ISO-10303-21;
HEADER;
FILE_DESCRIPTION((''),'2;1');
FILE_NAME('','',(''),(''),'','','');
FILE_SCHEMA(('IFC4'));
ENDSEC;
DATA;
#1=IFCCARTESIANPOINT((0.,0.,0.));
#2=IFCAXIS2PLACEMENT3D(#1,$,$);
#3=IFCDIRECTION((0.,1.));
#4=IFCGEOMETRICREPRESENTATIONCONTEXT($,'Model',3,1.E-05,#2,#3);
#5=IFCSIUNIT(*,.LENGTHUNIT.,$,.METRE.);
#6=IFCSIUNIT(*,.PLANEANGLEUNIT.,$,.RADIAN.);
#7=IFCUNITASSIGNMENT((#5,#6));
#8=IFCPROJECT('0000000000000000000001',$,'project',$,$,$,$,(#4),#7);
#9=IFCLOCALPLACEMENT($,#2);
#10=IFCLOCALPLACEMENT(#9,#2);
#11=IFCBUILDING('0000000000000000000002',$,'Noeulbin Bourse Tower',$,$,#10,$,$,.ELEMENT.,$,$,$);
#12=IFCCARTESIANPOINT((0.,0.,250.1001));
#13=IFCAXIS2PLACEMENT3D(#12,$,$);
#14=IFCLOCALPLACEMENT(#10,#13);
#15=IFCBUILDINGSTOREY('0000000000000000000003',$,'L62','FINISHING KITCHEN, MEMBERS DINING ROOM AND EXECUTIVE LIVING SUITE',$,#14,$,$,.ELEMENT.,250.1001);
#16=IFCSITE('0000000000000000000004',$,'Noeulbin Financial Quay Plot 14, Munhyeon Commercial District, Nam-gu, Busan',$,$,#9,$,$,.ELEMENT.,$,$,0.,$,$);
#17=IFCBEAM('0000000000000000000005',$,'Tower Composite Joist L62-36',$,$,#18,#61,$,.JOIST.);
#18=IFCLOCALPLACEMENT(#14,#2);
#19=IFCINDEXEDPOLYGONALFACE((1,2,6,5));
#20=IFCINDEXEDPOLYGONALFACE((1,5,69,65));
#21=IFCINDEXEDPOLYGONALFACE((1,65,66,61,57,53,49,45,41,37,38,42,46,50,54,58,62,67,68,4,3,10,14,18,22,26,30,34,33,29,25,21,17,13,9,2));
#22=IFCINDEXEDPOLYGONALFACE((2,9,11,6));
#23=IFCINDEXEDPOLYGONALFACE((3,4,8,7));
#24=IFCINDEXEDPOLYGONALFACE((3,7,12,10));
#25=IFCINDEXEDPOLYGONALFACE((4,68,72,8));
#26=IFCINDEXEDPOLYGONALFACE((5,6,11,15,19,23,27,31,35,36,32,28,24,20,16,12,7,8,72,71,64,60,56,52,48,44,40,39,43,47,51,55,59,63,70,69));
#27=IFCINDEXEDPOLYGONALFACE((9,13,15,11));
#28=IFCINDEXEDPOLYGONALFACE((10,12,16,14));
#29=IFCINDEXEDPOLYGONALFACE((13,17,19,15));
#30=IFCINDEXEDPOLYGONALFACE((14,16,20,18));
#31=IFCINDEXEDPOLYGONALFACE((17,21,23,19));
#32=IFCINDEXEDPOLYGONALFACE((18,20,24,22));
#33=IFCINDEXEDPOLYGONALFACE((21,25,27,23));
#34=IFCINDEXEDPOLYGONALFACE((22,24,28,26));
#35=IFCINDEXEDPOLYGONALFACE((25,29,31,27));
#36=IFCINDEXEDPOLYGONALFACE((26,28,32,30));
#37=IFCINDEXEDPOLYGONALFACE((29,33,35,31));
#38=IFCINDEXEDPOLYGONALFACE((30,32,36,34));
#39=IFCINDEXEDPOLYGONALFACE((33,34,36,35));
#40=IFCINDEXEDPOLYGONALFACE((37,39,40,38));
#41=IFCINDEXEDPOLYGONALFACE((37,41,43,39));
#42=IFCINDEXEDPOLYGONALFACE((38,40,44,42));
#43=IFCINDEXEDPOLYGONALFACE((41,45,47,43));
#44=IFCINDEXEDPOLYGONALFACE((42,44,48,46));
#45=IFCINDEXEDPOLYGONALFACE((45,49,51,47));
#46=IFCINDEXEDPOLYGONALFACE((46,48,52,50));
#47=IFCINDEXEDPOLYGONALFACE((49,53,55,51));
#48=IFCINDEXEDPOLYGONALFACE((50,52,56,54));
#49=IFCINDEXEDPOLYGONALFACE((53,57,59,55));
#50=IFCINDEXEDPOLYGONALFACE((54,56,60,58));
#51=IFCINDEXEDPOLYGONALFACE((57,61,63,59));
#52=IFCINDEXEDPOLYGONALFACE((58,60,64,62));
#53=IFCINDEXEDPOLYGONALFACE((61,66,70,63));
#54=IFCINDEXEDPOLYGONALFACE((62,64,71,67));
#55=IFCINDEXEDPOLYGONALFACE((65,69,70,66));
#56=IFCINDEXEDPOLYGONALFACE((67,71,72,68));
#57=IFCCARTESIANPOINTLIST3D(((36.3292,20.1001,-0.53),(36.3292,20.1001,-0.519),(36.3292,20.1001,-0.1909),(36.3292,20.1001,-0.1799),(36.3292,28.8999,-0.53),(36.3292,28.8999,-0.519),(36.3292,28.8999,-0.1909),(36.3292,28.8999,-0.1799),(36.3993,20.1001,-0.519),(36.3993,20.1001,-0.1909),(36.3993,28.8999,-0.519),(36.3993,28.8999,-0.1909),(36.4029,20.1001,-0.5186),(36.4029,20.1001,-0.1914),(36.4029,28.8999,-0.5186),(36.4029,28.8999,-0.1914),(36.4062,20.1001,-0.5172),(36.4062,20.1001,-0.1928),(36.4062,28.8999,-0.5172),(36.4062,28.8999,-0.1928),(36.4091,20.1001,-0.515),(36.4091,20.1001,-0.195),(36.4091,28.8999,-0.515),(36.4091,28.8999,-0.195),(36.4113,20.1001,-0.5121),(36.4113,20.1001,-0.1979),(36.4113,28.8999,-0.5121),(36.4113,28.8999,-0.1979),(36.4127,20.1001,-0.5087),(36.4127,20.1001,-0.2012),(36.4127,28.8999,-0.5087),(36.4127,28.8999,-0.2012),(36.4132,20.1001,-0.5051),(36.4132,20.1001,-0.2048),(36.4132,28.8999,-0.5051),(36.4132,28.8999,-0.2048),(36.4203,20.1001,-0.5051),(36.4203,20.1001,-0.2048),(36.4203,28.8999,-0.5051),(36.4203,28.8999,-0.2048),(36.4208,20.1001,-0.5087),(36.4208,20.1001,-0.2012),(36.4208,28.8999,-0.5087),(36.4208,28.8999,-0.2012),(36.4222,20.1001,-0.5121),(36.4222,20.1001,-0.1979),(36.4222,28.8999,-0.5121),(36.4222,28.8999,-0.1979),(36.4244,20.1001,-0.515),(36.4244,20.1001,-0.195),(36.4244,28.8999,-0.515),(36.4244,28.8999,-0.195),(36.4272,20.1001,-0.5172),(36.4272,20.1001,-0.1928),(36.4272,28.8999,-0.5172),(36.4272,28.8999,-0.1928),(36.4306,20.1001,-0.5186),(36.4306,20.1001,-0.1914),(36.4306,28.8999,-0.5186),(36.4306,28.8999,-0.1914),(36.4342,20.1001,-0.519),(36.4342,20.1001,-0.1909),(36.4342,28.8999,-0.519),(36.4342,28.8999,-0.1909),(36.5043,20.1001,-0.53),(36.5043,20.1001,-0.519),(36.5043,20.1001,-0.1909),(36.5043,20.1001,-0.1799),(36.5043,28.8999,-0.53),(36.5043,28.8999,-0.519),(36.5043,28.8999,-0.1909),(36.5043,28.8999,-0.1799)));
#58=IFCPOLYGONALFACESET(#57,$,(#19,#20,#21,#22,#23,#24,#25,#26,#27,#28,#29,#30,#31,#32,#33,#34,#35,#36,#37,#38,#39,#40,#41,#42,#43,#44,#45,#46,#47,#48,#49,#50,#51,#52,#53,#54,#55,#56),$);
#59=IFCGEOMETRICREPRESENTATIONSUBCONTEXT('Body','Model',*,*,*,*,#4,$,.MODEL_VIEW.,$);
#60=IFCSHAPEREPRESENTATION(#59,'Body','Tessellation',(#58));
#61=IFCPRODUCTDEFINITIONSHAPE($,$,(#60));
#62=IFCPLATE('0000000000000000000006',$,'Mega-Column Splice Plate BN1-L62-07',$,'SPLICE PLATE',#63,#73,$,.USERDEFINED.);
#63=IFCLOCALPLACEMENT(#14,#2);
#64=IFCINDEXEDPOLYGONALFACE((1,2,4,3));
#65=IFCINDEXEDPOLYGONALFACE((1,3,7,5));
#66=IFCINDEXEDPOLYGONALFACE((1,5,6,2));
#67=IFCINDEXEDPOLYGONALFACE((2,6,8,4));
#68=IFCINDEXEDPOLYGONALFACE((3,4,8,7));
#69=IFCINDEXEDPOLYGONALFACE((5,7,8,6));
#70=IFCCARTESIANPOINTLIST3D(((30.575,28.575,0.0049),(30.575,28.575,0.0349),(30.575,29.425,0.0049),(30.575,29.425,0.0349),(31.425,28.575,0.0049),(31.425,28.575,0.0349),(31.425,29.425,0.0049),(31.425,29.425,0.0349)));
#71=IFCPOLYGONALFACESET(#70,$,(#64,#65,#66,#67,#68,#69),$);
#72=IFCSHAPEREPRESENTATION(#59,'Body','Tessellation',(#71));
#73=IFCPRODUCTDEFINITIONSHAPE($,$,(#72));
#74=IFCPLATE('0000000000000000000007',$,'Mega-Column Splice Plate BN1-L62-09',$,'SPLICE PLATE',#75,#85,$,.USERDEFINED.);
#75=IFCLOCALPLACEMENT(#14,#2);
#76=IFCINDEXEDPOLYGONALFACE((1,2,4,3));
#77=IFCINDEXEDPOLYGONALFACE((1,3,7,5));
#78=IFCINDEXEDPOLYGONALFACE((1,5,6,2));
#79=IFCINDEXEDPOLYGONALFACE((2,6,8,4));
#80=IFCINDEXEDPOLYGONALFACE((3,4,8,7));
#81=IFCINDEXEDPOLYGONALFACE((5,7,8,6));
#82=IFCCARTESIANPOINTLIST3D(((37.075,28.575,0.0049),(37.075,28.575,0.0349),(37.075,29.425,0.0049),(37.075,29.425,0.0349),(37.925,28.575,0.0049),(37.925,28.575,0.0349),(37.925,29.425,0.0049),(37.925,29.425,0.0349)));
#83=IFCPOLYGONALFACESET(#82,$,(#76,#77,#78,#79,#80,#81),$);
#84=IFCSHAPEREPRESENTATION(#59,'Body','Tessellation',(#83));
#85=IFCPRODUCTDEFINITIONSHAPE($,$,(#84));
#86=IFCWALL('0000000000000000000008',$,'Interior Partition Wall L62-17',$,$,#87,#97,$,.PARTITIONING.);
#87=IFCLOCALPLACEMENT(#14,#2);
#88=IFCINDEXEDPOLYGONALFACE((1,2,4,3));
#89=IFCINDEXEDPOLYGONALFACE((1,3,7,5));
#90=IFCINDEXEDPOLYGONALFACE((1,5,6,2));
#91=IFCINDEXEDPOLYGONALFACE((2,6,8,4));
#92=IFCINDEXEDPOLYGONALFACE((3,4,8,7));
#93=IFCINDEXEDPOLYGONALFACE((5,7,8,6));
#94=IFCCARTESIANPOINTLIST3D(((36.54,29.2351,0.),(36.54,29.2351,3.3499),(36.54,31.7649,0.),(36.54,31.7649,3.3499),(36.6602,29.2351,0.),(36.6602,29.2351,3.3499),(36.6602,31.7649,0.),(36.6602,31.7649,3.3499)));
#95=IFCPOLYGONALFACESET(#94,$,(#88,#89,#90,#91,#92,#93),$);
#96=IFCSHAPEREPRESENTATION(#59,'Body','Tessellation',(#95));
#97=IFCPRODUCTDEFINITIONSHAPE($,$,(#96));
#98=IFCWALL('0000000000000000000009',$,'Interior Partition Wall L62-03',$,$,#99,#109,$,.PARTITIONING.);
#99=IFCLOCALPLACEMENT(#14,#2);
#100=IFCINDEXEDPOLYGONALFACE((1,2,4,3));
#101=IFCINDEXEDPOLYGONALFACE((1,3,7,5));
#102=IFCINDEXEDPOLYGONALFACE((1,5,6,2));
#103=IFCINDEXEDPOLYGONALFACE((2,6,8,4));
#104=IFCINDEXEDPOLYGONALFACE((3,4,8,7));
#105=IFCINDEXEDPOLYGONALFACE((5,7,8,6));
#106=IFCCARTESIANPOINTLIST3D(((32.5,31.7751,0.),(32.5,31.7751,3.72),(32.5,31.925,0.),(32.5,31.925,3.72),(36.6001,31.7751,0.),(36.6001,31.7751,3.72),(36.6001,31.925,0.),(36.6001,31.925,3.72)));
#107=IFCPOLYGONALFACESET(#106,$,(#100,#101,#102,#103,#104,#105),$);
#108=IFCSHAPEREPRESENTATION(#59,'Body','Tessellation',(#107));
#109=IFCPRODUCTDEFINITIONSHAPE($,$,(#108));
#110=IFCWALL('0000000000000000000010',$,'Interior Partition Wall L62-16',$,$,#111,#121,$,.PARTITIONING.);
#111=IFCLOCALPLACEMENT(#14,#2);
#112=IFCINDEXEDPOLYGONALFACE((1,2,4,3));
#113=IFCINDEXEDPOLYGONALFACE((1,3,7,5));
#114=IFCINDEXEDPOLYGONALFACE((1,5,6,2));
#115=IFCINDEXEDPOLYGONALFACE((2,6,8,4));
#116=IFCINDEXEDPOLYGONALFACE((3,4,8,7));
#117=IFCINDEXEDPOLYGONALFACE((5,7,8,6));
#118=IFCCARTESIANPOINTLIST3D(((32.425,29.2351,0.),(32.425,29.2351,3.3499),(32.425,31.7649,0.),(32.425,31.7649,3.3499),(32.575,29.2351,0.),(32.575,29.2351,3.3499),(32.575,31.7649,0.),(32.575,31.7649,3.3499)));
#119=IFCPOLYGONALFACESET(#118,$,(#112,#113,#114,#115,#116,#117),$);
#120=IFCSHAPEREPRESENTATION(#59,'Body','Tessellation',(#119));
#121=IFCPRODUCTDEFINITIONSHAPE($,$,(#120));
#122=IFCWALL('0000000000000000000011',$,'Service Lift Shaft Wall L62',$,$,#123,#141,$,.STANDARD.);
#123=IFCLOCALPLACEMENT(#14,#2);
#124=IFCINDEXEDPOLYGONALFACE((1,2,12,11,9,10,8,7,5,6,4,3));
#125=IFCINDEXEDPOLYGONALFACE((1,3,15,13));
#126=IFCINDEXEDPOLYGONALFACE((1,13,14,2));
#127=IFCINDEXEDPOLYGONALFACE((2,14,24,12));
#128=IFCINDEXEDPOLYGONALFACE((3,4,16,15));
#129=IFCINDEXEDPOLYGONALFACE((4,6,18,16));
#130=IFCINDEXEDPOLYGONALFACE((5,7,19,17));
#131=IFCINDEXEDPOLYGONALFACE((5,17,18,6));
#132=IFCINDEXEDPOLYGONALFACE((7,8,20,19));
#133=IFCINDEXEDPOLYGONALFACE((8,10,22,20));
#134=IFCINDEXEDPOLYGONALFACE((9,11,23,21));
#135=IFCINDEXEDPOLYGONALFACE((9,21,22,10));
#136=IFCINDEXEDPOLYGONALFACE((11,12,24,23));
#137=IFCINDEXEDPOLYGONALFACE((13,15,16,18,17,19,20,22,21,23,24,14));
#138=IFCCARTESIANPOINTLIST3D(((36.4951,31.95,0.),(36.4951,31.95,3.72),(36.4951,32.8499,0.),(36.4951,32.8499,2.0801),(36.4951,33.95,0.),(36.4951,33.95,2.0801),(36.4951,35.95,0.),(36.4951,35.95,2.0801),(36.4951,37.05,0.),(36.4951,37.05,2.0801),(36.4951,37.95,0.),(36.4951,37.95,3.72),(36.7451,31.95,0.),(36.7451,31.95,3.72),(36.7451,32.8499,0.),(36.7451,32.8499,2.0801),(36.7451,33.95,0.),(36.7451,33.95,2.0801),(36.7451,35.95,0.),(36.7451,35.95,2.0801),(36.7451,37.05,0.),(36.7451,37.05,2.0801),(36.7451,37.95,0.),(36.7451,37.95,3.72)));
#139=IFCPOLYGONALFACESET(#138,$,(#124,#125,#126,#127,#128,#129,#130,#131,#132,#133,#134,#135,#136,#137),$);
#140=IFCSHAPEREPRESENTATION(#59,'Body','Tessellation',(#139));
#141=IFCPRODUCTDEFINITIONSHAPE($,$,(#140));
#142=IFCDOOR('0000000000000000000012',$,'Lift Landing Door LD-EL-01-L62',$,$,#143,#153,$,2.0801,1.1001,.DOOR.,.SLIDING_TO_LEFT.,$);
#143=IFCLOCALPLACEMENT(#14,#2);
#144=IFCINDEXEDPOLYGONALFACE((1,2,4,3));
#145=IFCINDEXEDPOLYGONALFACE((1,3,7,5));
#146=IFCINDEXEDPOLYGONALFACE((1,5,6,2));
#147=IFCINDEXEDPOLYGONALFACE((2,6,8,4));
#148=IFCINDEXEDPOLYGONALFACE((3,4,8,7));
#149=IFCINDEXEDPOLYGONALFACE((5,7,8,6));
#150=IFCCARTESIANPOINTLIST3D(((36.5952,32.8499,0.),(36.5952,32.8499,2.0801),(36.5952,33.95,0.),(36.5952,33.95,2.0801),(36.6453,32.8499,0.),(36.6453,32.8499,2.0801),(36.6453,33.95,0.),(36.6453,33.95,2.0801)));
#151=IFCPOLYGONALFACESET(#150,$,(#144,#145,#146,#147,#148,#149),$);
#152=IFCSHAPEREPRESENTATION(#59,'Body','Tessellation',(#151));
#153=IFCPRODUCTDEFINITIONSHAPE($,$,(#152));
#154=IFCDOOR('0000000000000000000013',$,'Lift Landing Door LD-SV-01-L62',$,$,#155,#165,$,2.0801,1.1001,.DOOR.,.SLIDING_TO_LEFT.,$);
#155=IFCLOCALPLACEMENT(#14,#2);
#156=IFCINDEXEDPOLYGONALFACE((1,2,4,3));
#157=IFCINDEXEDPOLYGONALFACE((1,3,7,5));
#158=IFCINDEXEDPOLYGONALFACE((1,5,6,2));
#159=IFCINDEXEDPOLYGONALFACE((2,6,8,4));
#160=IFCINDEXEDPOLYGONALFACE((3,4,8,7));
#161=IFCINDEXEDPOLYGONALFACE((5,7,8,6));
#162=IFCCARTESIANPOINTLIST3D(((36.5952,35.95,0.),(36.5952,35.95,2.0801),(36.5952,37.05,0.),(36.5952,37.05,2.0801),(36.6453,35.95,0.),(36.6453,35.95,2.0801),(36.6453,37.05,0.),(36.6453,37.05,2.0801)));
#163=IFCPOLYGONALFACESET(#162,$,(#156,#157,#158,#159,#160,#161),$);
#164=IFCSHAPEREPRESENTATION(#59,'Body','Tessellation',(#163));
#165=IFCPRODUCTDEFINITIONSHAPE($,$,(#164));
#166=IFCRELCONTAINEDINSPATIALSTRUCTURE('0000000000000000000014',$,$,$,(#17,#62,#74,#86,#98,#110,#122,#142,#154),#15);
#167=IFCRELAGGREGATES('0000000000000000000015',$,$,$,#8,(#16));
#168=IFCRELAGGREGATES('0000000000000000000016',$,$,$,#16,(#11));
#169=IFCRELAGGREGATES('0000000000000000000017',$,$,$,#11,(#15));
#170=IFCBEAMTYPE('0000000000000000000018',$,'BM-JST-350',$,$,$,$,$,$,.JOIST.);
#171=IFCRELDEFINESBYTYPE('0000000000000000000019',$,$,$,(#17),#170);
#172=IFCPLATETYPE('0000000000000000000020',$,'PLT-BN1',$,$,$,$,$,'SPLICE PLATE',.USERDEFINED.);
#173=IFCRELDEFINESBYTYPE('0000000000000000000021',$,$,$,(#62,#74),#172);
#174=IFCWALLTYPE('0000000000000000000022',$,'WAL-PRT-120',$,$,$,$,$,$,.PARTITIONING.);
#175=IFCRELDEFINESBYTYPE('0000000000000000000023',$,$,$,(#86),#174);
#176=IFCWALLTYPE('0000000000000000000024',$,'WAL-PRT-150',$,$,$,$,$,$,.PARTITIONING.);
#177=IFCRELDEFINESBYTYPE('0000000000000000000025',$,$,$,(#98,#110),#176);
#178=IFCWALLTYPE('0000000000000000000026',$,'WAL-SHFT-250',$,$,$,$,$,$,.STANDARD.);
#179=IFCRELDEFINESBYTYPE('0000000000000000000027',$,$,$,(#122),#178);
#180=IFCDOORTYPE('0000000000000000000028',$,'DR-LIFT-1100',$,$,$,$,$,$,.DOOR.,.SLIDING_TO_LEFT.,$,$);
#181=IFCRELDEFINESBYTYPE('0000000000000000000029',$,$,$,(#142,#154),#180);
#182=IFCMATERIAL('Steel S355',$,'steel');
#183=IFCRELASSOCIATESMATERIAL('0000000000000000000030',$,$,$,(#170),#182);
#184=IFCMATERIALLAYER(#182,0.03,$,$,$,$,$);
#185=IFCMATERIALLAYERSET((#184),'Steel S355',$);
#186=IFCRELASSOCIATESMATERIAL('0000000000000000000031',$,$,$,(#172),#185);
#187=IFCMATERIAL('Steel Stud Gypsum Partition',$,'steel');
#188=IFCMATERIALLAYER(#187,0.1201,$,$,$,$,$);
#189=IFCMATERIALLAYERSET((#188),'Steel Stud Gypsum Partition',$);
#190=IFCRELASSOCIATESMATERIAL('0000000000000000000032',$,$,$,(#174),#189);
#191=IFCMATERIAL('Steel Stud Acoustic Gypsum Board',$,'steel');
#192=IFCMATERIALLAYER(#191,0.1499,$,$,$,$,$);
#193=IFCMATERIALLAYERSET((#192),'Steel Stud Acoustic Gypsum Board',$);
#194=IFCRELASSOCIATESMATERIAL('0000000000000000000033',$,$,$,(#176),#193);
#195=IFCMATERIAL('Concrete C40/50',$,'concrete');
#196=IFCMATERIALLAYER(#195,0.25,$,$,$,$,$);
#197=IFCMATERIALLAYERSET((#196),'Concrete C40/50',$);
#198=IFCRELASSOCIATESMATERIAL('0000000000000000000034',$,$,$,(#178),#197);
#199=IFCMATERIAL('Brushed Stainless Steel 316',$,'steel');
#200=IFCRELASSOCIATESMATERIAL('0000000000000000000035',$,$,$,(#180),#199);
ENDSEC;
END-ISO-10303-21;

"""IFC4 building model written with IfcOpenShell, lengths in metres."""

from ifc_helpers import new_model, si_unit, direction, frame, frame_2d, origin, origin_2d, place, context, subcontext, project, spatial, rectangle, i_section, extrude, material, layer, layer_set, material_profile, profile_set, type_object, element, fill, save


model = new_model("IFC4")

# Units and contexts
model_context = context("Model", 3, precision=1e-05, world=origin(), true_north=direction((0.0, 1.0)))
body_context = subcontext(model_context, "Body", "Model", "MODEL_VIEW")
ifc_project = project(units=[si_unit("LENGTHUNIT", "METRE"), si_unit("PLANEANGLEUNIT", "RADIAN")], contexts=[model_context])

# Site, building, storey
site_placement = place(None, origin())
site = spatial("IfcSite", under=ifc_project, at=site_placement, Name="Noeulbin Financial Quay Plot 14, Munhyeon Commercial District, Nam-gu, Busan", CompositionType="ELEMENT", RefElevation=0.0)
building_placement = place(site_placement, origin())
building = spatial("IfcBuilding", under=site, at=building_placement, Name="Noeulbin Bourse Tower", CompositionType="ELEMENT")
storey_placement = place(building_placement, frame((0.0, 0.0, 250.1001)))
storey = spatial("IfcBuildingStorey", under=building, at=storey_placement, Name="L62", Description="FINISHING KITCHEN, MEMBERS DINING ROOM AND EXECUTIVE LIVING SUITE", CompositionType="ELEMENT", Elevation=250.1001)

# Shared definitions
ifc_material_1 = material(Name="Steel S355", Category="steel")

# Beam
ifc_material_profile_1 = material_profile(ifc_material_1, i_section(OverallWidth=0.175, OverallDepth=0.3501, WebThickness=0.0071, FlangeThickness=0.011, FilletRadius=0.0139, at=origin_2d()), Name="H-350x175x7x11", Category="LoadBearing")
ifc_profile_set_1 = profile_set([ifc_material_profile_1], Name="Steel S355")
beam_type = type_object("IfcBeamType", Name="BM-JST-350", PredefinedType="JOIST", material=ifc_profile_set_1)
for number, where, z_axis, x_axis, name in (
    (1, (36.4167, 20.1001, -0.355), (0.0, 1.0, 0.0), (-1.0, 0.0, 0.0), "Tower Composite Joist L62-36"),
):
    element("IfcBeam", number, at=place(storey_placement, frame(where, z_axis=z_axis, x_axis=x_axis)), inside=storey, type_object=beam_type, Name=name, PredefinedType="JOIST", context=body_context, shape_type="SweptSolid", body=[
        extrude(i_section(OverallWidth=0.175, OverallDepth=0.3501, WebThickness=0.0071, FlangeThickness=0.011, FilletRadius=0.0139, at=origin_2d()), origin(), (0.0, 0.0, 1.0), 8.7998),
    ])

# Plates
ifc_layer_1 = layer(ifc_material_1, 0.03)
ifc_layer_set_1 = layer_set([ifc_layer_1], Name="Steel S355")
plate_type = type_object("IfcPlateType", Name="PLT-BN1", ElementType="SPLICE PLATE", PredefinedType="USERDEFINED", material=ifc_layer_set_1)
for number, where, z_axis, x_axis, name in (
    (2, (31.0, 29.0, 0.0049), (0.0, 0.0, 1.0), (1.0, 0.0, 0.0), "Mega-Column Splice Plate BN1-L62-07"),
    (3, (37.5, 29.0, 0.0049), (0.0, 0.0, 1.0), (1.0, 0.0, 0.0), "Mega-Column Splice Plate BN1-L62-09"),
):
    element("IfcPlate", number, at=place(storey_placement, frame(where, z_axis=z_axis, x_axis=x_axis)), inside=storey, type_object=plate_type, Name=name, ObjectType="SPLICE PLATE", PredefinedType="USERDEFINED", context=body_context, shape_type="SweptSolid", body=[
        extrude(rectangle(XDim=0.8501, YDim=0.8501, at=origin_2d()), origin(), (0.0, 0.0, 1.0), 0.03),
    ])

# Walls
ifc_material_2 = material(Name="Steel Stud Gypsum Partition", Category="steel")
ifc_layer_2 = layer(ifc_material_2, 0.1201)
ifc_layer_set_2 = layer_set([ifc_layer_2], Name="Steel Stud Gypsum Partition")
wall_type_1 = type_object("IfcWallType", Name="WAL-PRT-120", PredefinedType="PARTITIONING", material=ifc_layer_set_2)
wall_1_placement = place(storey_placement, frame((36.6001, 29.2351, 0.0), z_axis=(0.0, 0.0, 1.0), x_axis=(0.0, 1.0, 0.0)))
element("IfcWall", 4, at=wall_1_placement, inside=storey, type_object=wall_type_1, Name="Interior Partition Wall L62-17", PredefinedType="PARTITIONING", context=body_context, shape_type="SweptSolid", body=[
    extrude(rectangle(XDim=2.5298, YDim=0.1201, at=frame_2d((1.2649, 0.0))), origin(), (0.0, 0.0, 1.0), 3.3499),
])
ifc_material_3 = material(Name="Steel Stud Acoustic Gypsum Board", Category="steel")
ifc_layer_3 = layer(ifc_material_3, 0.1499)
ifc_layer_set_3 = layer_set([ifc_layer_3], Name="Steel Stud Acoustic Gypsum Board")
wall_type_2 = type_object("IfcWallType", Name="WAL-PRT-150", PredefinedType="PARTITIONING", material=ifc_layer_set_3)
wall_2_placement = place(storey_placement, frame((32.5, 31.8501, 0.0), z_axis=(0.0, 0.0, 1.0), x_axis=(1.0, 0.0, 0.0)))
element("IfcWall", 5, at=wall_2_placement, inside=storey, type_object=wall_type_2, Name="Interior Partition Wall L62-03", PredefinedType="PARTITIONING", context=body_context, shape_type="SweptSolid", body=[
    extrude(rectangle(XDim=4.1001, YDim=0.1499, at=frame_2d((2.05, 0.0))), origin(), (0.0, 0.0, 1.0), 3.72),
])
wall_3_placement = place(storey_placement, frame((32.5, 29.2351, 0.0), z_axis=(0.0, 0.0, 1.0), x_axis=(0.0, 1.0, 0.0)))
element("IfcWall", 6, at=wall_3_placement, inside=storey, type_object=wall_type_2, Name="Interior Partition Wall L62-16", PredefinedType="PARTITIONING", context=body_context, shape_type="SweptSolid", body=[
    extrude(rectangle(XDim=2.5298, YDim=0.1499, at=frame_2d((1.2649, 0.0))), origin(), (0.0, 0.0, 1.0), 3.3499),
])

# Wall, openings, doors
ifc_material_4 = material(Name="Concrete C40/50", Category="concrete")
ifc_layer_4 = layer(ifc_material_4, 0.25)
ifc_layer_set_4 = layer_set([ifc_layer_4], Name="Concrete C40/50")
wall_type_3 = type_object("IfcWallType", Name="WAL-SHFT-250", PredefinedType="STANDARD", material=ifc_layer_set_4)
wall_4_placement = place(storey_placement, frame((36.6201, 31.95, 0.0), z_axis=(0.0, 0.0, 1.0), x_axis=(0.0, 1.0, 0.0)))
wall_4 = element("IfcWall", 7, at=wall_4_placement, inside=storey, type_object=wall_type_3, Name="Service Lift Shaft Wall L62", PredefinedType="STANDARD", context=body_context, shape_type="SweptSolid", body=[
    extrude(rectangle(XDim=6.0, YDim=0.25, at=frame_2d((3.0, 0.0))), origin(), (0.0, 0.0, 1.0), 3.72),
])
opening_1_placement = place(wall_4_placement, frame((0.8999, 0.0, 0.0)))
opening_1 = element("IfcOpeningElement", 8, at=opening_1_placement, cuts=wall_4, PredefinedType="OPENING", context=body_context, shape_type="SweptSolid", body=[
    extrude(rectangle(XDim=1.1001, YDim=2.0801, at=frame_2d((0.55, 1.04))), frame((0.0, 0.135, 0.0), z_axis=(0.0, -1.0, 0.0), x_axis=(1.0, 0.0, 0.0)), (0.0, 0.0, 1.0), 0.27),
])
opening_2_placement = place(wall_4_placement, frame((4.0, 0.0, 0.0)))
opening_2 = element("IfcOpeningElement", 9, at=opening_2_placement, cuts=wall_4, PredefinedType="OPENING", context=body_context, shape_type="SweptSolid", body=[
    extrude(rectangle(XDim=1.1001, YDim=2.0801, at=frame_2d((0.55, 1.04))), frame((0.0, 0.135, 0.0), z_axis=(0.0, -1.0, 0.0), x_axis=(1.0, 0.0, 0.0)), (0.0, 0.0, 1.0), 0.27),
])
ifc_material_5 = material(Name="Brushed Stainless Steel 316", Category="steel")
door_type = type_object("IfcDoorType", Name="DR-LIFT-1100", OperationType="SLIDING_TO_LEFT", PredefinedType="DOOR", material=ifc_material_5)
door_1_placement = place(opening_1_placement, origin())
door_1 = element("IfcDoor", 10, at=door_1_placement, inside=storey, type_object=door_type, Name="Lift Landing Door LD-EL-01-L62", OperationType="SLIDING_TO_LEFT", OverallHeight=2.0801, OverallWidth=1.1001, PredefinedType="DOOR", context=body_context, shape_type="SweptSolid", body=[
    extrude(rectangle(XDim=1.1001, YDim=2.0801, at=frame_2d((0.55, 1.04))), frame((0.0, 0.0249, 0.0), z_axis=(0.0, -1.0, 0.0), x_axis=(1.0, 0.0, 0.0)), (0.0, 0.0, 1.0), 0.05),
])
fill(opening_1, door_1)
door_2_placement = place(opening_2_placement, origin())
door_2 = element("IfcDoor", 11, at=door_2_placement, inside=storey, type_object=door_type, Name="Lift Landing Door LD-SV-01-L62", OperationType="SLIDING_TO_LEFT", OverallHeight=2.0801, OverallWidth=1.1001, PredefinedType="DOOR", context=body_context, shape_type="SweptSolid", body=[
    extrude(rectangle(XDim=1.1001, YDim=2.0801, at=frame_2d((0.55, 1.04))), frame((0.0, 0.0249, 0.0), z_axis=(0.0, -1.0, 0.0), x_axis=(1.0, 0.0, 0.0)), (0.0, 0.0, 1.0), 0.05),
])
fill(opening_2, door_2)

save(model, "model.ifc")
